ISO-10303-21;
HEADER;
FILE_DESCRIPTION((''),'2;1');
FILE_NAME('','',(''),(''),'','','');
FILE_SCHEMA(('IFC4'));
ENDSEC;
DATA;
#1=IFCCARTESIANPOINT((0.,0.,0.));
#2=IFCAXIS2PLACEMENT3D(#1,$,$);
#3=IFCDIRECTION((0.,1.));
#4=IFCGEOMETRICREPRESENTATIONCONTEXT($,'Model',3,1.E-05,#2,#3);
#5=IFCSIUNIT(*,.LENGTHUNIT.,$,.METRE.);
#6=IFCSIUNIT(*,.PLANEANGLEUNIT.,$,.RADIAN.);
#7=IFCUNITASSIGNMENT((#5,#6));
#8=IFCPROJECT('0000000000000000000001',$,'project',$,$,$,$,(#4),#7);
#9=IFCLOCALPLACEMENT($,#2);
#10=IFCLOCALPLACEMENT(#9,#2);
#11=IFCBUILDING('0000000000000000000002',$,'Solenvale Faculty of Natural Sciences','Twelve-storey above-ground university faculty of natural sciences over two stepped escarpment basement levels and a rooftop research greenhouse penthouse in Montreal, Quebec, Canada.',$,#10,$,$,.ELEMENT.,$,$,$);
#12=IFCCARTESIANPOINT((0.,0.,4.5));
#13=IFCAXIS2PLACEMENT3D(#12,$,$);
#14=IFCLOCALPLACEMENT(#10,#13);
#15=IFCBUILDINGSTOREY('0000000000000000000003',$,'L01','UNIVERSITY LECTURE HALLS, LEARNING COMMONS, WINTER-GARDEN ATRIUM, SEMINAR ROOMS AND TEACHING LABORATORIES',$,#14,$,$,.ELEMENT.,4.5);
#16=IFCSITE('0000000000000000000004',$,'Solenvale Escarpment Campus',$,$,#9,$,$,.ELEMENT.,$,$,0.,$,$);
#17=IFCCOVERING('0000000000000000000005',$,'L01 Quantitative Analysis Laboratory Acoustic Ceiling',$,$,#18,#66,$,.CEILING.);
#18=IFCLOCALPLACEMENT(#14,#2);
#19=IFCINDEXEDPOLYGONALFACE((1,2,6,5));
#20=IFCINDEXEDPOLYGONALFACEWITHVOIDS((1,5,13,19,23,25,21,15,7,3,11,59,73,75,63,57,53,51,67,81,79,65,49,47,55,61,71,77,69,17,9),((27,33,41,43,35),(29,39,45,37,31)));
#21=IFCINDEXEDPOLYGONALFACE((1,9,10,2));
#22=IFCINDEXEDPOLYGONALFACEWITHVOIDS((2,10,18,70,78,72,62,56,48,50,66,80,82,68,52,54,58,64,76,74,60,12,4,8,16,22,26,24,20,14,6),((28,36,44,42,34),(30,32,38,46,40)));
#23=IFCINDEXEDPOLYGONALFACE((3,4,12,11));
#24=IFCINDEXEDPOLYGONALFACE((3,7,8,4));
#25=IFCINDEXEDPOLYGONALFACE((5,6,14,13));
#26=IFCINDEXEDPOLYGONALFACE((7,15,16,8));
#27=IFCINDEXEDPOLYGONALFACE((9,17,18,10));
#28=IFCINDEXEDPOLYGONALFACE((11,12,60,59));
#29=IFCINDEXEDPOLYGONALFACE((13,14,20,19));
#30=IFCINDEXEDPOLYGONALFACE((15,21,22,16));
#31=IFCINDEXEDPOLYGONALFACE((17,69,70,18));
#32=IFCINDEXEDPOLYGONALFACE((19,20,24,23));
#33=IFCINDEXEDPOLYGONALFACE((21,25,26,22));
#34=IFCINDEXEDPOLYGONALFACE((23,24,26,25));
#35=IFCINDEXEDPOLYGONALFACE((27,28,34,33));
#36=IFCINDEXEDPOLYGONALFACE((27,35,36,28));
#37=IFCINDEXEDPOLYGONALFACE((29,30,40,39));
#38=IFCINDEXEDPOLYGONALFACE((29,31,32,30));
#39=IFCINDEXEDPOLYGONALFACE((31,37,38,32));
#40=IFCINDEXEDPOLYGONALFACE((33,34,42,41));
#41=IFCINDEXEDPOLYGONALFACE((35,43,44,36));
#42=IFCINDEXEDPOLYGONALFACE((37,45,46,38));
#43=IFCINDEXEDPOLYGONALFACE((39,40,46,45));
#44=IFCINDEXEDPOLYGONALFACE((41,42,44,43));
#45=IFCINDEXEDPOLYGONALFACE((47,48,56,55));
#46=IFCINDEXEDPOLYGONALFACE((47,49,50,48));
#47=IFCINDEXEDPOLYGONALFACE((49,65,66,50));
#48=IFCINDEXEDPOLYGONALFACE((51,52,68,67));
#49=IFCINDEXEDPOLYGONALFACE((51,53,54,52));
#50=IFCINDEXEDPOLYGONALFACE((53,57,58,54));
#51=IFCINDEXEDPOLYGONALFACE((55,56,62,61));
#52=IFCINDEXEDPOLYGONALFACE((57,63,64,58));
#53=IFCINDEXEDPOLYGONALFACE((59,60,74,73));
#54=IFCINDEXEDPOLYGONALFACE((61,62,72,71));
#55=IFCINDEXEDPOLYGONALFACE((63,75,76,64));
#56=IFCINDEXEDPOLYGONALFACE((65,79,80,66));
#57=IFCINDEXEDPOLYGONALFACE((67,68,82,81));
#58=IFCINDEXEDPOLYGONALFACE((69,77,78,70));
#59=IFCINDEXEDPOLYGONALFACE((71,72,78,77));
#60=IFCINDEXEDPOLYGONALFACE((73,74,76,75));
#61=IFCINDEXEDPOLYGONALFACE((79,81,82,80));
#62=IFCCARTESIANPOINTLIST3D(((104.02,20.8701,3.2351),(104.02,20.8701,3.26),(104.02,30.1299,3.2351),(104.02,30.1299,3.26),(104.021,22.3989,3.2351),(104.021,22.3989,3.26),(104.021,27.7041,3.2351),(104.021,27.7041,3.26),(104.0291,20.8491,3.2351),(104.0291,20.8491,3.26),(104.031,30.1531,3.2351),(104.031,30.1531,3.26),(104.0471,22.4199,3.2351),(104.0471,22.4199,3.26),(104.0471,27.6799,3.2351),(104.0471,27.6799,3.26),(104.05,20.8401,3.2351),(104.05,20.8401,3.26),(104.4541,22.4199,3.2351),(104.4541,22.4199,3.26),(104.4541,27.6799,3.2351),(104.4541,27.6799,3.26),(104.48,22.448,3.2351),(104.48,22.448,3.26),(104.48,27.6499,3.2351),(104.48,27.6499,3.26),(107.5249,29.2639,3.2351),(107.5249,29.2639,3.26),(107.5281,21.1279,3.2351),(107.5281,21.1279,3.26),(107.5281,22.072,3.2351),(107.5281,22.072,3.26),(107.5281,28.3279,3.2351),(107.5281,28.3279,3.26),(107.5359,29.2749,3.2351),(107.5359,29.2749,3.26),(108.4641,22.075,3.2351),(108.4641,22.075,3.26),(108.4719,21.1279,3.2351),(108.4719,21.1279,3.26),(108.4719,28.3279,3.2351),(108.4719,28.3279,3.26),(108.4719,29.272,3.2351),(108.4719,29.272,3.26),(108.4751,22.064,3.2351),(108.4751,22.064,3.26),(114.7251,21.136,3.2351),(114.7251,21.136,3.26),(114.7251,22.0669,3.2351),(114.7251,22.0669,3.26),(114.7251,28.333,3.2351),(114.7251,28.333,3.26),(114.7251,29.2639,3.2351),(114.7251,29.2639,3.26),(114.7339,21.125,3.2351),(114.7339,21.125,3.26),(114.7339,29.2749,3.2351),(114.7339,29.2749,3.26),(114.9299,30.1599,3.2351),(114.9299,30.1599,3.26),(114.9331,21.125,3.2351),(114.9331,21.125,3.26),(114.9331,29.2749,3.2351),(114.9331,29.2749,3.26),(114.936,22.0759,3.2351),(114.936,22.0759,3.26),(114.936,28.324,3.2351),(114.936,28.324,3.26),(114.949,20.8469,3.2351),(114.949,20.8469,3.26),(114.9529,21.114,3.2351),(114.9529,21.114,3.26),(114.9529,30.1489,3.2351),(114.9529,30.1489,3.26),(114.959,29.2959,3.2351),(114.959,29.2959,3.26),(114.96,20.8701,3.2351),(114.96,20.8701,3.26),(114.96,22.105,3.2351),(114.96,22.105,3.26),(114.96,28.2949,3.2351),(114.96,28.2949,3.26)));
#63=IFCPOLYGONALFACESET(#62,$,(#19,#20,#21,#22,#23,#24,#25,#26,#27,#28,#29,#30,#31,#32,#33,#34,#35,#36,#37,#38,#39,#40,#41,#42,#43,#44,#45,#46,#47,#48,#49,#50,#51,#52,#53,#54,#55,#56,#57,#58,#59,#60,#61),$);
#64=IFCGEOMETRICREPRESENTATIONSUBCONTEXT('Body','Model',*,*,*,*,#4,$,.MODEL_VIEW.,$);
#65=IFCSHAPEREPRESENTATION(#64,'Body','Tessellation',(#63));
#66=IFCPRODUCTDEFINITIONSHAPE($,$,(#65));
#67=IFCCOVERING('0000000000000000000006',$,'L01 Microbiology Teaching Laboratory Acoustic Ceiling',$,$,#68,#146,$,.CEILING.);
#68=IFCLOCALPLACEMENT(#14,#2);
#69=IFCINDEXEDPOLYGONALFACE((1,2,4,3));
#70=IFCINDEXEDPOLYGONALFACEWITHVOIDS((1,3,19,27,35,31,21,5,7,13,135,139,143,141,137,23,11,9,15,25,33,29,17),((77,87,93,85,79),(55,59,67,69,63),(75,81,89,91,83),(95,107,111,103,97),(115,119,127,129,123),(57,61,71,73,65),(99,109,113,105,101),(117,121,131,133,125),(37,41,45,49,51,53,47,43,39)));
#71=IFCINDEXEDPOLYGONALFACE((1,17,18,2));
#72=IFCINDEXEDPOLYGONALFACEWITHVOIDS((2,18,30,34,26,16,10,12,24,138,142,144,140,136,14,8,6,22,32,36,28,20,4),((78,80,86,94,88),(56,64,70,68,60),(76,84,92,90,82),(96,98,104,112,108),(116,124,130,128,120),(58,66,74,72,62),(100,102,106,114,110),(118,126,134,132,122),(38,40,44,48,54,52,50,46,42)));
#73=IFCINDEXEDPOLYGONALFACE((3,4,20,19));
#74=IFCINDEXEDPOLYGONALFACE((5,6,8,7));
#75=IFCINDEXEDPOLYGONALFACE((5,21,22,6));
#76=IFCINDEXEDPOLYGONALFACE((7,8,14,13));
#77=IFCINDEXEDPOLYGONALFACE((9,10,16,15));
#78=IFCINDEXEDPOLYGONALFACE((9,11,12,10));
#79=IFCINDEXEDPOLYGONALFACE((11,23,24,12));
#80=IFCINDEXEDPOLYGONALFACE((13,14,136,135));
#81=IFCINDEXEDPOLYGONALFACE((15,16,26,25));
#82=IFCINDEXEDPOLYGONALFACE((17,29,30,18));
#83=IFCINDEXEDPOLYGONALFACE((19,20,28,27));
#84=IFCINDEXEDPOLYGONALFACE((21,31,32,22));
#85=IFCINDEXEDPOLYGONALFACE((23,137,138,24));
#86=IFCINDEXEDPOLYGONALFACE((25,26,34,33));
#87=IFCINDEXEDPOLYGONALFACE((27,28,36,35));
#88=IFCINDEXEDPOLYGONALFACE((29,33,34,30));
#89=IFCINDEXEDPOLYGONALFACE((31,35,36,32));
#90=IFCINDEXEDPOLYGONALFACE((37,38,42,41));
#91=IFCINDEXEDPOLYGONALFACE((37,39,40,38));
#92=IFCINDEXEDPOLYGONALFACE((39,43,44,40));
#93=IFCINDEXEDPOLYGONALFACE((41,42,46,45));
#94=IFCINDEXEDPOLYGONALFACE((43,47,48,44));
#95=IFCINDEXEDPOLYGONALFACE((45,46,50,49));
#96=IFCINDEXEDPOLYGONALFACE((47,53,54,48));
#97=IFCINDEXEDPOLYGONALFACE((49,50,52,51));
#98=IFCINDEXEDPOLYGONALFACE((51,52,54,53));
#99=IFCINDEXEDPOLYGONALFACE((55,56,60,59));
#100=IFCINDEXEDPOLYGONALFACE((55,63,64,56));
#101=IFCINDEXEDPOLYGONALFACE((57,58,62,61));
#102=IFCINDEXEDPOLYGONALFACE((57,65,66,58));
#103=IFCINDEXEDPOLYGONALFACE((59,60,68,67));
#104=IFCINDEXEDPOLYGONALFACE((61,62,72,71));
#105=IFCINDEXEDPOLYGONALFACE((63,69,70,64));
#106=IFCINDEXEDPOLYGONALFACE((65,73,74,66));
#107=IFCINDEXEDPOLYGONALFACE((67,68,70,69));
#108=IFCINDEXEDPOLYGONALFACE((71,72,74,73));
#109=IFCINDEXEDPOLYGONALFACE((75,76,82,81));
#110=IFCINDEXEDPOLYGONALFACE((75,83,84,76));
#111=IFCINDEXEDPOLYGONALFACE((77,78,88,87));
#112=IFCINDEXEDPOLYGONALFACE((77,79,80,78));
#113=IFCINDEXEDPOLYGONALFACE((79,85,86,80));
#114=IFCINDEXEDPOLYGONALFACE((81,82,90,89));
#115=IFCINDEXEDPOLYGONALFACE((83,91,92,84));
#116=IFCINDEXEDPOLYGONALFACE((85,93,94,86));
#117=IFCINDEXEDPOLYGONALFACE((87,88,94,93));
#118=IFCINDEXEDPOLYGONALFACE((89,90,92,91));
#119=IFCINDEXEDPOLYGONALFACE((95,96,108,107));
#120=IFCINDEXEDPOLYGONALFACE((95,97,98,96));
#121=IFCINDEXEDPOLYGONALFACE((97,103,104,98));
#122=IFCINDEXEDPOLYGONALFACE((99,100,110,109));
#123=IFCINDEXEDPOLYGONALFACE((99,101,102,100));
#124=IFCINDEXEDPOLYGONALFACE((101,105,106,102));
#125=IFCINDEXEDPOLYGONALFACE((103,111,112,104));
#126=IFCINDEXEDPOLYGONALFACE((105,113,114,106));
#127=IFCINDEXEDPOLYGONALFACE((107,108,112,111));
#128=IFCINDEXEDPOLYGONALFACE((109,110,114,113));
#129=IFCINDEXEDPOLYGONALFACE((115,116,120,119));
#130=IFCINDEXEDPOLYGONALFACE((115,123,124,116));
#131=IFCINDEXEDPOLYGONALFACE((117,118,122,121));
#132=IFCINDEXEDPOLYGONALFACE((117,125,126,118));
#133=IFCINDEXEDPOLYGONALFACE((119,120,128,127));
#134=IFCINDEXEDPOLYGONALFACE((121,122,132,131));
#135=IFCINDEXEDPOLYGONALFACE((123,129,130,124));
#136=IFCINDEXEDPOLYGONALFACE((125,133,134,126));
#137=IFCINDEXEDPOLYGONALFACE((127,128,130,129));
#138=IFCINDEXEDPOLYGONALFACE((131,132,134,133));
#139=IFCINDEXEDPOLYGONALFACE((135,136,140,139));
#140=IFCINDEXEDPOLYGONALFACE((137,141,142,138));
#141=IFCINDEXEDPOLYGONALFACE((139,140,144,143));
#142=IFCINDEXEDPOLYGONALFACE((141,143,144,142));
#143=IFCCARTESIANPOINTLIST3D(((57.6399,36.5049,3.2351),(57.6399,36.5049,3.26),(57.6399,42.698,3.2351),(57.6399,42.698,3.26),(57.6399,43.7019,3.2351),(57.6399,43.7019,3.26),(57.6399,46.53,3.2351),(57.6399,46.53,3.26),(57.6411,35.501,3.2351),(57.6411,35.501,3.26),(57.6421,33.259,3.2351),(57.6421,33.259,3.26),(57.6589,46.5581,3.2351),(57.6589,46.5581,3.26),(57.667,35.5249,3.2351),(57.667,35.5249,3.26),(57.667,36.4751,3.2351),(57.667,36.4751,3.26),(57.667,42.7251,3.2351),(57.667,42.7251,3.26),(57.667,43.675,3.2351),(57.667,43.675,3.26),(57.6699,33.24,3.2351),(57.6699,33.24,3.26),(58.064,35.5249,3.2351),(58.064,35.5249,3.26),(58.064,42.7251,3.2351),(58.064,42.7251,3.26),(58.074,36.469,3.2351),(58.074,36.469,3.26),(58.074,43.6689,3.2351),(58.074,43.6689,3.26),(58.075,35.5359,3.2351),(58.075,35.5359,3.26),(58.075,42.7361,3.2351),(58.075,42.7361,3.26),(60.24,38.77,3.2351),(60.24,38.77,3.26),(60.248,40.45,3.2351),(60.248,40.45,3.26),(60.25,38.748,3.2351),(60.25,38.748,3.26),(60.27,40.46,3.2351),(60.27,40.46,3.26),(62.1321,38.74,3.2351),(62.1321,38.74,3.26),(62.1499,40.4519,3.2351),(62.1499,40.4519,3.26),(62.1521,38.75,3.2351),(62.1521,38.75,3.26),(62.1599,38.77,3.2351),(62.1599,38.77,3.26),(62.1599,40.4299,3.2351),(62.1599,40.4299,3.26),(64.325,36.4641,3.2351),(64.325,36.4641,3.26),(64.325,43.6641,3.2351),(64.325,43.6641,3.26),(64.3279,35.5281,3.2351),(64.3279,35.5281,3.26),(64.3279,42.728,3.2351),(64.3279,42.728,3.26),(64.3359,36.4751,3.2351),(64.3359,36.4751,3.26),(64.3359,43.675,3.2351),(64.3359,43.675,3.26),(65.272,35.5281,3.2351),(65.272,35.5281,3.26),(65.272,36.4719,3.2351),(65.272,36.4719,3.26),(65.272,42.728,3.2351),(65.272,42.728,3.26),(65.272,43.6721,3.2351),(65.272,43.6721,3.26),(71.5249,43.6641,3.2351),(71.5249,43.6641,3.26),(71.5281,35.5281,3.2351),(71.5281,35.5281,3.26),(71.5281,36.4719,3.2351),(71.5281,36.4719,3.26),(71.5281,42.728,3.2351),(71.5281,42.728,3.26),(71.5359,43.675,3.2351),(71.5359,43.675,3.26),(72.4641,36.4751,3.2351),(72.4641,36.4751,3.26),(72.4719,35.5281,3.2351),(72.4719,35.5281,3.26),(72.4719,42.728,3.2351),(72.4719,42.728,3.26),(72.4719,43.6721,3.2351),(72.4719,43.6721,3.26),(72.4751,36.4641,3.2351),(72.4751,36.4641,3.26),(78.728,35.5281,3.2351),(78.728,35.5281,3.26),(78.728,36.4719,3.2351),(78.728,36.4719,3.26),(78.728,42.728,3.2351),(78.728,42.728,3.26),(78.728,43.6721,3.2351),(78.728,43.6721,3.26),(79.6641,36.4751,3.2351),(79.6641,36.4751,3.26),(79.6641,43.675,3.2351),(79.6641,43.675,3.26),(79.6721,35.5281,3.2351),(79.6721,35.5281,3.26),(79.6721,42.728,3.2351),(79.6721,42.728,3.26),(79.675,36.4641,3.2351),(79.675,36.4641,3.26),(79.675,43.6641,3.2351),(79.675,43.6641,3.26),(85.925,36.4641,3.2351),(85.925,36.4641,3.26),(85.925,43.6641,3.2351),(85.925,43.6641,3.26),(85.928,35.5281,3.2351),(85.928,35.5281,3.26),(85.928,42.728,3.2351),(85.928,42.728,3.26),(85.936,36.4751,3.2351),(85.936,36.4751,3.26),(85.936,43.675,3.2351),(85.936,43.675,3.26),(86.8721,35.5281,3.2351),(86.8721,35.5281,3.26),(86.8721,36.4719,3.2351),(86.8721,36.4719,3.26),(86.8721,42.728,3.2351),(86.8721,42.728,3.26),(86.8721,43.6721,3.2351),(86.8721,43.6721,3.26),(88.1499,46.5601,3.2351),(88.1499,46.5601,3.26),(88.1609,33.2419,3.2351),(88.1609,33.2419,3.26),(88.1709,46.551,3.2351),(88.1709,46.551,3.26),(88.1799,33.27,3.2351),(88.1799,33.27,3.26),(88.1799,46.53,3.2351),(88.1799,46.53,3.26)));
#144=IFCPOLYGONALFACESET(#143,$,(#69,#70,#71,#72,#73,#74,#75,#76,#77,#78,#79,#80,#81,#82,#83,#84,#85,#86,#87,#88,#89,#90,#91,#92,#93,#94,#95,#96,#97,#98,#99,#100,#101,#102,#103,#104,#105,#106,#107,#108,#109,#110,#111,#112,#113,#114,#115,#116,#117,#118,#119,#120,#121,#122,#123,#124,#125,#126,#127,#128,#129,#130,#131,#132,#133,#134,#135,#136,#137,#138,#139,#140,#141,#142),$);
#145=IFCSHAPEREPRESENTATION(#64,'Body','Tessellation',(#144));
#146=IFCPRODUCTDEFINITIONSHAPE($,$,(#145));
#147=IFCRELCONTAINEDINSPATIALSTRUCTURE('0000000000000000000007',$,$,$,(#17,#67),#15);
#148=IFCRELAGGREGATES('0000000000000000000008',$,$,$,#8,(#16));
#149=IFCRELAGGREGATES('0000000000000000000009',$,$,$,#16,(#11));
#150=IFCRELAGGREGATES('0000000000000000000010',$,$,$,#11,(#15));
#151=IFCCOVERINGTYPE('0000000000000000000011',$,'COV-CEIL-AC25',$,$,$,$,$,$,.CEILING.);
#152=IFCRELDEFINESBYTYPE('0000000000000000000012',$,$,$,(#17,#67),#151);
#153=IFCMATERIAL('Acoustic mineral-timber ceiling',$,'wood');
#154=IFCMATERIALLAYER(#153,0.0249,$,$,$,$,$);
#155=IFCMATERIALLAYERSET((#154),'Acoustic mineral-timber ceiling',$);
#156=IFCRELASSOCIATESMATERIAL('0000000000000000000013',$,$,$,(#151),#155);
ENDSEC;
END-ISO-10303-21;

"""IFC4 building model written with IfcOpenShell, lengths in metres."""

from ifc_helpers import new_model, si_unit, direction, frame, origin, place, context, subcontext, project, spatial, polyline, outline, extrude, material, layer, layer_set, type_object, element, save


model = new_model("IFC4")

# Units and contexts
model_context = context("Model", 3, precision=1e-05, world=origin(), true_north=direction((0.0, 1.0)))
body_context = subcontext(model_context, "Body", "Model", "MODEL_VIEW")
ifc_project = project(units=[si_unit("LENGTHUNIT", "METRE"), si_unit("PLANEANGLEUNIT", "RADIAN")], contexts=[model_context])

# Site, building, storey
site_placement = place(None, origin())
site = spatial("IfcSite", under=ifc_project, at=site_placement, Name="Solenvale Escarpment Campus", CompositionType="ELEMENT", RefElevation=0.0)
building_placement = place(site_placement, origin())
building = spatial("IfcBuilding", under=site, at=building_placement, Name="Solenvale Faculty of Natural Sciences", Description="Twelve-storey above-ground university faculty of natural sciences over two stepped escarpment basement levels and a rooftop research greenhouse penthouse in Montreal, Quebec, Canada.", CompositionType="ELEMENT")
storey_placement = place(building_placement, frame((0.0, 0.0, 4.5)))
storey = spatial("IfcBuildingStorey", under=building, at=storey_placement, Name="L01", Description="UNIVERSITY LECTURE HALLS, LEARNING COMMONS, WINTER-GARDEN ATRIUM, SEMINAR ROOMS AND TEACHING LABORATORIES", CompositionType="ELEMENT", Elevation=4.5)

# Coverings
ifc_material_1 = material(Name="Acoustic mineral-timber ceiling", Category="wood")
ifc_layer_1 = layer(ifc_material_1, 0.0249)
ifc_layer_set_1 = layer_set([ifc_layer_1], Name="Acoustic mineral-timber ceiling")
covering_type_1 = type_object("IfcCoveringType", Name="COV-CEIL-AC25", PredefinedType="CEILING", material=ifc_layer_set_1)
covering_1_placement = place(storey_placement, frame((0.0, 0.0, 3.2351)))
element("IfcCovering", 1, at=covering_1_placement, inside=storey, type_object=covering_type_1, Name="L01 Quantitative Analysis Laboratory Acoustic Ceiling", PredefinedType="CEILING", context=body_context, shape_type="SweptSolid", body=[
    extrude(outline(polyline([(104.05, 20.8401), (104.0291, 20.8491), (104.02, 20.8701), (104.021, 22.3989), (104.0471, 22.4199), (104.4541, 22.4199), (104.48, 22.448), (104.48, 27.6499), (104.4541, 27.6799), (104.0471, 27.6799), (104.021, 27.7041), (104.02, 30.1299), (104.031, 30.1531), (114.9299, 30.1599), (114.9529, 30.1489), (114.959, 29.2959), (114.9331, 29.2749), (114.7339, 29.2749), (114.7251, 29.2639), (114.7251, 28.333), (114.936, 28.324), (114.96, 28.2949), (114.96, 22.105), (114.936, 22.0759), (114.7251, 22.0669), (114.7251, 21.136), (114.7339, 21.125), (114.9331, 21.125), (114.9529, 21.114), (114.96, 20.8701), (114.949, 20.8469), (104.05, 20.8401)]), holes=[polyline([(107.5359, 29.2749), (107.5249, 29.2639), (107.5281, 28.3279), (108.4719, 28.3279), (108.4719, 29.272), (107.5359, 29.2749)]), polyline([(108.4751, 22.064), (108.4641, 22.075), (107.5281, 22.072), (107.5281, 21.1279), (108.4719, 21.1279), (108.4751, 22.064)])]), origin(), (0.0, 0.0, 1.0), 0.0249),
])
covering_2_placement = place(storey_placement, frame((0.0, 0.0, 3.2351)))
element("IfcCovering", 2, at=covering_2_placement, inside=storey, type_object=covering_type_1, Name="L01 Microbiology Teaching Laboratory Acoustic Ceiling", PredefinedType="CEILING", context=body_context, shape_type="SweptSolid", body=[
    extrude(outline(polyline([(88.1499, 46.5601), (88.1709, 46.551), (88.1799, 46.53), (88.1799, 33.27), (88.1609, 33.2419), (57.6699, 33.24), (57.6421, 33.259), (57.6411, 35.501), (57.667, 35.5249), (58.064, 35.5249), (58.075, 35.5359), (58.074, 36.469), (57.667, 36.4751), (57.6399, 36.5049), (57.6399, 42.698), (57.667, 42.7251), (58.064, 42.7251), (58.075, 42.7361), (58.074, 43.6689), (57.667, 43.675), (57.6399, 43.7019), (57.6399, 46.53), (57.6589, 46.5581), (88.1499, 46.5601)]), holes=[polyline([(85.936, 36.4751), (85.925, 36.4641), (85.928, 35.5281), (86.8721, 35.5281), (86.8721, 36.4719), (85.936, 36.4751)]), polyline([(85.936, 43.675), (85.925, 43.6641), (85.928, 42.728), (86.8721, 42.728), (86.8721, 43.6721), (85.936, 43.675)]), polyline([(79.675, 36.4641), (79.6641, 36.4751), (78.728, 36.4719), (78.728, 35.5281), (79.6721, 35.5281), (79.675, 36.4641)]), polyline([(79.675, 43.6641), (79.6641, 43.675), (78.728, 43.6721), (78.728, 42.728), (79.6721, 42.728), (79.675, 43.6641)]), polyline([(71.5359, 43.675), (71.5249, 43.6641), (71.5281, 42.728), (72.4719, 42.728), (72.4719, 43.6721), (71.5359, 43.675)]), polyline([(72.4751, 36.4641), (72.4641, 36.4751), (71.5281, 36.4719), (71.5281, 35.5281), (72.4719, 35.5281), (72.4751, 36.4641)]), polyline([(64.3359, 36.4751), (64.325, 36.4641), (64.3279, 35.5281), (65.272, 35.5281), (65.272, 36.4719), (64.3359, 36.4751)]), polyline([(64.3359, 43.675), (64.325, 43.6641), (64.3279, 42.728), (65.272, 42.728), (65.272, 43.6721), (64.3359, 43.675)]), polyline([(62.1321, 38.74), (62.1521, 38.75), (62.1599, 38.77), (62.1599, 40.4299), (62.1499, 40.4519), (60.27, 40.46), (60.248, 40.45), (60.24, 38.77), (60.25, 38.748), (62.1321, 38.74)])]), origin(), (0.0, 0.0, 1.0), 0.0249),
])

save(model, "model.ifc")
